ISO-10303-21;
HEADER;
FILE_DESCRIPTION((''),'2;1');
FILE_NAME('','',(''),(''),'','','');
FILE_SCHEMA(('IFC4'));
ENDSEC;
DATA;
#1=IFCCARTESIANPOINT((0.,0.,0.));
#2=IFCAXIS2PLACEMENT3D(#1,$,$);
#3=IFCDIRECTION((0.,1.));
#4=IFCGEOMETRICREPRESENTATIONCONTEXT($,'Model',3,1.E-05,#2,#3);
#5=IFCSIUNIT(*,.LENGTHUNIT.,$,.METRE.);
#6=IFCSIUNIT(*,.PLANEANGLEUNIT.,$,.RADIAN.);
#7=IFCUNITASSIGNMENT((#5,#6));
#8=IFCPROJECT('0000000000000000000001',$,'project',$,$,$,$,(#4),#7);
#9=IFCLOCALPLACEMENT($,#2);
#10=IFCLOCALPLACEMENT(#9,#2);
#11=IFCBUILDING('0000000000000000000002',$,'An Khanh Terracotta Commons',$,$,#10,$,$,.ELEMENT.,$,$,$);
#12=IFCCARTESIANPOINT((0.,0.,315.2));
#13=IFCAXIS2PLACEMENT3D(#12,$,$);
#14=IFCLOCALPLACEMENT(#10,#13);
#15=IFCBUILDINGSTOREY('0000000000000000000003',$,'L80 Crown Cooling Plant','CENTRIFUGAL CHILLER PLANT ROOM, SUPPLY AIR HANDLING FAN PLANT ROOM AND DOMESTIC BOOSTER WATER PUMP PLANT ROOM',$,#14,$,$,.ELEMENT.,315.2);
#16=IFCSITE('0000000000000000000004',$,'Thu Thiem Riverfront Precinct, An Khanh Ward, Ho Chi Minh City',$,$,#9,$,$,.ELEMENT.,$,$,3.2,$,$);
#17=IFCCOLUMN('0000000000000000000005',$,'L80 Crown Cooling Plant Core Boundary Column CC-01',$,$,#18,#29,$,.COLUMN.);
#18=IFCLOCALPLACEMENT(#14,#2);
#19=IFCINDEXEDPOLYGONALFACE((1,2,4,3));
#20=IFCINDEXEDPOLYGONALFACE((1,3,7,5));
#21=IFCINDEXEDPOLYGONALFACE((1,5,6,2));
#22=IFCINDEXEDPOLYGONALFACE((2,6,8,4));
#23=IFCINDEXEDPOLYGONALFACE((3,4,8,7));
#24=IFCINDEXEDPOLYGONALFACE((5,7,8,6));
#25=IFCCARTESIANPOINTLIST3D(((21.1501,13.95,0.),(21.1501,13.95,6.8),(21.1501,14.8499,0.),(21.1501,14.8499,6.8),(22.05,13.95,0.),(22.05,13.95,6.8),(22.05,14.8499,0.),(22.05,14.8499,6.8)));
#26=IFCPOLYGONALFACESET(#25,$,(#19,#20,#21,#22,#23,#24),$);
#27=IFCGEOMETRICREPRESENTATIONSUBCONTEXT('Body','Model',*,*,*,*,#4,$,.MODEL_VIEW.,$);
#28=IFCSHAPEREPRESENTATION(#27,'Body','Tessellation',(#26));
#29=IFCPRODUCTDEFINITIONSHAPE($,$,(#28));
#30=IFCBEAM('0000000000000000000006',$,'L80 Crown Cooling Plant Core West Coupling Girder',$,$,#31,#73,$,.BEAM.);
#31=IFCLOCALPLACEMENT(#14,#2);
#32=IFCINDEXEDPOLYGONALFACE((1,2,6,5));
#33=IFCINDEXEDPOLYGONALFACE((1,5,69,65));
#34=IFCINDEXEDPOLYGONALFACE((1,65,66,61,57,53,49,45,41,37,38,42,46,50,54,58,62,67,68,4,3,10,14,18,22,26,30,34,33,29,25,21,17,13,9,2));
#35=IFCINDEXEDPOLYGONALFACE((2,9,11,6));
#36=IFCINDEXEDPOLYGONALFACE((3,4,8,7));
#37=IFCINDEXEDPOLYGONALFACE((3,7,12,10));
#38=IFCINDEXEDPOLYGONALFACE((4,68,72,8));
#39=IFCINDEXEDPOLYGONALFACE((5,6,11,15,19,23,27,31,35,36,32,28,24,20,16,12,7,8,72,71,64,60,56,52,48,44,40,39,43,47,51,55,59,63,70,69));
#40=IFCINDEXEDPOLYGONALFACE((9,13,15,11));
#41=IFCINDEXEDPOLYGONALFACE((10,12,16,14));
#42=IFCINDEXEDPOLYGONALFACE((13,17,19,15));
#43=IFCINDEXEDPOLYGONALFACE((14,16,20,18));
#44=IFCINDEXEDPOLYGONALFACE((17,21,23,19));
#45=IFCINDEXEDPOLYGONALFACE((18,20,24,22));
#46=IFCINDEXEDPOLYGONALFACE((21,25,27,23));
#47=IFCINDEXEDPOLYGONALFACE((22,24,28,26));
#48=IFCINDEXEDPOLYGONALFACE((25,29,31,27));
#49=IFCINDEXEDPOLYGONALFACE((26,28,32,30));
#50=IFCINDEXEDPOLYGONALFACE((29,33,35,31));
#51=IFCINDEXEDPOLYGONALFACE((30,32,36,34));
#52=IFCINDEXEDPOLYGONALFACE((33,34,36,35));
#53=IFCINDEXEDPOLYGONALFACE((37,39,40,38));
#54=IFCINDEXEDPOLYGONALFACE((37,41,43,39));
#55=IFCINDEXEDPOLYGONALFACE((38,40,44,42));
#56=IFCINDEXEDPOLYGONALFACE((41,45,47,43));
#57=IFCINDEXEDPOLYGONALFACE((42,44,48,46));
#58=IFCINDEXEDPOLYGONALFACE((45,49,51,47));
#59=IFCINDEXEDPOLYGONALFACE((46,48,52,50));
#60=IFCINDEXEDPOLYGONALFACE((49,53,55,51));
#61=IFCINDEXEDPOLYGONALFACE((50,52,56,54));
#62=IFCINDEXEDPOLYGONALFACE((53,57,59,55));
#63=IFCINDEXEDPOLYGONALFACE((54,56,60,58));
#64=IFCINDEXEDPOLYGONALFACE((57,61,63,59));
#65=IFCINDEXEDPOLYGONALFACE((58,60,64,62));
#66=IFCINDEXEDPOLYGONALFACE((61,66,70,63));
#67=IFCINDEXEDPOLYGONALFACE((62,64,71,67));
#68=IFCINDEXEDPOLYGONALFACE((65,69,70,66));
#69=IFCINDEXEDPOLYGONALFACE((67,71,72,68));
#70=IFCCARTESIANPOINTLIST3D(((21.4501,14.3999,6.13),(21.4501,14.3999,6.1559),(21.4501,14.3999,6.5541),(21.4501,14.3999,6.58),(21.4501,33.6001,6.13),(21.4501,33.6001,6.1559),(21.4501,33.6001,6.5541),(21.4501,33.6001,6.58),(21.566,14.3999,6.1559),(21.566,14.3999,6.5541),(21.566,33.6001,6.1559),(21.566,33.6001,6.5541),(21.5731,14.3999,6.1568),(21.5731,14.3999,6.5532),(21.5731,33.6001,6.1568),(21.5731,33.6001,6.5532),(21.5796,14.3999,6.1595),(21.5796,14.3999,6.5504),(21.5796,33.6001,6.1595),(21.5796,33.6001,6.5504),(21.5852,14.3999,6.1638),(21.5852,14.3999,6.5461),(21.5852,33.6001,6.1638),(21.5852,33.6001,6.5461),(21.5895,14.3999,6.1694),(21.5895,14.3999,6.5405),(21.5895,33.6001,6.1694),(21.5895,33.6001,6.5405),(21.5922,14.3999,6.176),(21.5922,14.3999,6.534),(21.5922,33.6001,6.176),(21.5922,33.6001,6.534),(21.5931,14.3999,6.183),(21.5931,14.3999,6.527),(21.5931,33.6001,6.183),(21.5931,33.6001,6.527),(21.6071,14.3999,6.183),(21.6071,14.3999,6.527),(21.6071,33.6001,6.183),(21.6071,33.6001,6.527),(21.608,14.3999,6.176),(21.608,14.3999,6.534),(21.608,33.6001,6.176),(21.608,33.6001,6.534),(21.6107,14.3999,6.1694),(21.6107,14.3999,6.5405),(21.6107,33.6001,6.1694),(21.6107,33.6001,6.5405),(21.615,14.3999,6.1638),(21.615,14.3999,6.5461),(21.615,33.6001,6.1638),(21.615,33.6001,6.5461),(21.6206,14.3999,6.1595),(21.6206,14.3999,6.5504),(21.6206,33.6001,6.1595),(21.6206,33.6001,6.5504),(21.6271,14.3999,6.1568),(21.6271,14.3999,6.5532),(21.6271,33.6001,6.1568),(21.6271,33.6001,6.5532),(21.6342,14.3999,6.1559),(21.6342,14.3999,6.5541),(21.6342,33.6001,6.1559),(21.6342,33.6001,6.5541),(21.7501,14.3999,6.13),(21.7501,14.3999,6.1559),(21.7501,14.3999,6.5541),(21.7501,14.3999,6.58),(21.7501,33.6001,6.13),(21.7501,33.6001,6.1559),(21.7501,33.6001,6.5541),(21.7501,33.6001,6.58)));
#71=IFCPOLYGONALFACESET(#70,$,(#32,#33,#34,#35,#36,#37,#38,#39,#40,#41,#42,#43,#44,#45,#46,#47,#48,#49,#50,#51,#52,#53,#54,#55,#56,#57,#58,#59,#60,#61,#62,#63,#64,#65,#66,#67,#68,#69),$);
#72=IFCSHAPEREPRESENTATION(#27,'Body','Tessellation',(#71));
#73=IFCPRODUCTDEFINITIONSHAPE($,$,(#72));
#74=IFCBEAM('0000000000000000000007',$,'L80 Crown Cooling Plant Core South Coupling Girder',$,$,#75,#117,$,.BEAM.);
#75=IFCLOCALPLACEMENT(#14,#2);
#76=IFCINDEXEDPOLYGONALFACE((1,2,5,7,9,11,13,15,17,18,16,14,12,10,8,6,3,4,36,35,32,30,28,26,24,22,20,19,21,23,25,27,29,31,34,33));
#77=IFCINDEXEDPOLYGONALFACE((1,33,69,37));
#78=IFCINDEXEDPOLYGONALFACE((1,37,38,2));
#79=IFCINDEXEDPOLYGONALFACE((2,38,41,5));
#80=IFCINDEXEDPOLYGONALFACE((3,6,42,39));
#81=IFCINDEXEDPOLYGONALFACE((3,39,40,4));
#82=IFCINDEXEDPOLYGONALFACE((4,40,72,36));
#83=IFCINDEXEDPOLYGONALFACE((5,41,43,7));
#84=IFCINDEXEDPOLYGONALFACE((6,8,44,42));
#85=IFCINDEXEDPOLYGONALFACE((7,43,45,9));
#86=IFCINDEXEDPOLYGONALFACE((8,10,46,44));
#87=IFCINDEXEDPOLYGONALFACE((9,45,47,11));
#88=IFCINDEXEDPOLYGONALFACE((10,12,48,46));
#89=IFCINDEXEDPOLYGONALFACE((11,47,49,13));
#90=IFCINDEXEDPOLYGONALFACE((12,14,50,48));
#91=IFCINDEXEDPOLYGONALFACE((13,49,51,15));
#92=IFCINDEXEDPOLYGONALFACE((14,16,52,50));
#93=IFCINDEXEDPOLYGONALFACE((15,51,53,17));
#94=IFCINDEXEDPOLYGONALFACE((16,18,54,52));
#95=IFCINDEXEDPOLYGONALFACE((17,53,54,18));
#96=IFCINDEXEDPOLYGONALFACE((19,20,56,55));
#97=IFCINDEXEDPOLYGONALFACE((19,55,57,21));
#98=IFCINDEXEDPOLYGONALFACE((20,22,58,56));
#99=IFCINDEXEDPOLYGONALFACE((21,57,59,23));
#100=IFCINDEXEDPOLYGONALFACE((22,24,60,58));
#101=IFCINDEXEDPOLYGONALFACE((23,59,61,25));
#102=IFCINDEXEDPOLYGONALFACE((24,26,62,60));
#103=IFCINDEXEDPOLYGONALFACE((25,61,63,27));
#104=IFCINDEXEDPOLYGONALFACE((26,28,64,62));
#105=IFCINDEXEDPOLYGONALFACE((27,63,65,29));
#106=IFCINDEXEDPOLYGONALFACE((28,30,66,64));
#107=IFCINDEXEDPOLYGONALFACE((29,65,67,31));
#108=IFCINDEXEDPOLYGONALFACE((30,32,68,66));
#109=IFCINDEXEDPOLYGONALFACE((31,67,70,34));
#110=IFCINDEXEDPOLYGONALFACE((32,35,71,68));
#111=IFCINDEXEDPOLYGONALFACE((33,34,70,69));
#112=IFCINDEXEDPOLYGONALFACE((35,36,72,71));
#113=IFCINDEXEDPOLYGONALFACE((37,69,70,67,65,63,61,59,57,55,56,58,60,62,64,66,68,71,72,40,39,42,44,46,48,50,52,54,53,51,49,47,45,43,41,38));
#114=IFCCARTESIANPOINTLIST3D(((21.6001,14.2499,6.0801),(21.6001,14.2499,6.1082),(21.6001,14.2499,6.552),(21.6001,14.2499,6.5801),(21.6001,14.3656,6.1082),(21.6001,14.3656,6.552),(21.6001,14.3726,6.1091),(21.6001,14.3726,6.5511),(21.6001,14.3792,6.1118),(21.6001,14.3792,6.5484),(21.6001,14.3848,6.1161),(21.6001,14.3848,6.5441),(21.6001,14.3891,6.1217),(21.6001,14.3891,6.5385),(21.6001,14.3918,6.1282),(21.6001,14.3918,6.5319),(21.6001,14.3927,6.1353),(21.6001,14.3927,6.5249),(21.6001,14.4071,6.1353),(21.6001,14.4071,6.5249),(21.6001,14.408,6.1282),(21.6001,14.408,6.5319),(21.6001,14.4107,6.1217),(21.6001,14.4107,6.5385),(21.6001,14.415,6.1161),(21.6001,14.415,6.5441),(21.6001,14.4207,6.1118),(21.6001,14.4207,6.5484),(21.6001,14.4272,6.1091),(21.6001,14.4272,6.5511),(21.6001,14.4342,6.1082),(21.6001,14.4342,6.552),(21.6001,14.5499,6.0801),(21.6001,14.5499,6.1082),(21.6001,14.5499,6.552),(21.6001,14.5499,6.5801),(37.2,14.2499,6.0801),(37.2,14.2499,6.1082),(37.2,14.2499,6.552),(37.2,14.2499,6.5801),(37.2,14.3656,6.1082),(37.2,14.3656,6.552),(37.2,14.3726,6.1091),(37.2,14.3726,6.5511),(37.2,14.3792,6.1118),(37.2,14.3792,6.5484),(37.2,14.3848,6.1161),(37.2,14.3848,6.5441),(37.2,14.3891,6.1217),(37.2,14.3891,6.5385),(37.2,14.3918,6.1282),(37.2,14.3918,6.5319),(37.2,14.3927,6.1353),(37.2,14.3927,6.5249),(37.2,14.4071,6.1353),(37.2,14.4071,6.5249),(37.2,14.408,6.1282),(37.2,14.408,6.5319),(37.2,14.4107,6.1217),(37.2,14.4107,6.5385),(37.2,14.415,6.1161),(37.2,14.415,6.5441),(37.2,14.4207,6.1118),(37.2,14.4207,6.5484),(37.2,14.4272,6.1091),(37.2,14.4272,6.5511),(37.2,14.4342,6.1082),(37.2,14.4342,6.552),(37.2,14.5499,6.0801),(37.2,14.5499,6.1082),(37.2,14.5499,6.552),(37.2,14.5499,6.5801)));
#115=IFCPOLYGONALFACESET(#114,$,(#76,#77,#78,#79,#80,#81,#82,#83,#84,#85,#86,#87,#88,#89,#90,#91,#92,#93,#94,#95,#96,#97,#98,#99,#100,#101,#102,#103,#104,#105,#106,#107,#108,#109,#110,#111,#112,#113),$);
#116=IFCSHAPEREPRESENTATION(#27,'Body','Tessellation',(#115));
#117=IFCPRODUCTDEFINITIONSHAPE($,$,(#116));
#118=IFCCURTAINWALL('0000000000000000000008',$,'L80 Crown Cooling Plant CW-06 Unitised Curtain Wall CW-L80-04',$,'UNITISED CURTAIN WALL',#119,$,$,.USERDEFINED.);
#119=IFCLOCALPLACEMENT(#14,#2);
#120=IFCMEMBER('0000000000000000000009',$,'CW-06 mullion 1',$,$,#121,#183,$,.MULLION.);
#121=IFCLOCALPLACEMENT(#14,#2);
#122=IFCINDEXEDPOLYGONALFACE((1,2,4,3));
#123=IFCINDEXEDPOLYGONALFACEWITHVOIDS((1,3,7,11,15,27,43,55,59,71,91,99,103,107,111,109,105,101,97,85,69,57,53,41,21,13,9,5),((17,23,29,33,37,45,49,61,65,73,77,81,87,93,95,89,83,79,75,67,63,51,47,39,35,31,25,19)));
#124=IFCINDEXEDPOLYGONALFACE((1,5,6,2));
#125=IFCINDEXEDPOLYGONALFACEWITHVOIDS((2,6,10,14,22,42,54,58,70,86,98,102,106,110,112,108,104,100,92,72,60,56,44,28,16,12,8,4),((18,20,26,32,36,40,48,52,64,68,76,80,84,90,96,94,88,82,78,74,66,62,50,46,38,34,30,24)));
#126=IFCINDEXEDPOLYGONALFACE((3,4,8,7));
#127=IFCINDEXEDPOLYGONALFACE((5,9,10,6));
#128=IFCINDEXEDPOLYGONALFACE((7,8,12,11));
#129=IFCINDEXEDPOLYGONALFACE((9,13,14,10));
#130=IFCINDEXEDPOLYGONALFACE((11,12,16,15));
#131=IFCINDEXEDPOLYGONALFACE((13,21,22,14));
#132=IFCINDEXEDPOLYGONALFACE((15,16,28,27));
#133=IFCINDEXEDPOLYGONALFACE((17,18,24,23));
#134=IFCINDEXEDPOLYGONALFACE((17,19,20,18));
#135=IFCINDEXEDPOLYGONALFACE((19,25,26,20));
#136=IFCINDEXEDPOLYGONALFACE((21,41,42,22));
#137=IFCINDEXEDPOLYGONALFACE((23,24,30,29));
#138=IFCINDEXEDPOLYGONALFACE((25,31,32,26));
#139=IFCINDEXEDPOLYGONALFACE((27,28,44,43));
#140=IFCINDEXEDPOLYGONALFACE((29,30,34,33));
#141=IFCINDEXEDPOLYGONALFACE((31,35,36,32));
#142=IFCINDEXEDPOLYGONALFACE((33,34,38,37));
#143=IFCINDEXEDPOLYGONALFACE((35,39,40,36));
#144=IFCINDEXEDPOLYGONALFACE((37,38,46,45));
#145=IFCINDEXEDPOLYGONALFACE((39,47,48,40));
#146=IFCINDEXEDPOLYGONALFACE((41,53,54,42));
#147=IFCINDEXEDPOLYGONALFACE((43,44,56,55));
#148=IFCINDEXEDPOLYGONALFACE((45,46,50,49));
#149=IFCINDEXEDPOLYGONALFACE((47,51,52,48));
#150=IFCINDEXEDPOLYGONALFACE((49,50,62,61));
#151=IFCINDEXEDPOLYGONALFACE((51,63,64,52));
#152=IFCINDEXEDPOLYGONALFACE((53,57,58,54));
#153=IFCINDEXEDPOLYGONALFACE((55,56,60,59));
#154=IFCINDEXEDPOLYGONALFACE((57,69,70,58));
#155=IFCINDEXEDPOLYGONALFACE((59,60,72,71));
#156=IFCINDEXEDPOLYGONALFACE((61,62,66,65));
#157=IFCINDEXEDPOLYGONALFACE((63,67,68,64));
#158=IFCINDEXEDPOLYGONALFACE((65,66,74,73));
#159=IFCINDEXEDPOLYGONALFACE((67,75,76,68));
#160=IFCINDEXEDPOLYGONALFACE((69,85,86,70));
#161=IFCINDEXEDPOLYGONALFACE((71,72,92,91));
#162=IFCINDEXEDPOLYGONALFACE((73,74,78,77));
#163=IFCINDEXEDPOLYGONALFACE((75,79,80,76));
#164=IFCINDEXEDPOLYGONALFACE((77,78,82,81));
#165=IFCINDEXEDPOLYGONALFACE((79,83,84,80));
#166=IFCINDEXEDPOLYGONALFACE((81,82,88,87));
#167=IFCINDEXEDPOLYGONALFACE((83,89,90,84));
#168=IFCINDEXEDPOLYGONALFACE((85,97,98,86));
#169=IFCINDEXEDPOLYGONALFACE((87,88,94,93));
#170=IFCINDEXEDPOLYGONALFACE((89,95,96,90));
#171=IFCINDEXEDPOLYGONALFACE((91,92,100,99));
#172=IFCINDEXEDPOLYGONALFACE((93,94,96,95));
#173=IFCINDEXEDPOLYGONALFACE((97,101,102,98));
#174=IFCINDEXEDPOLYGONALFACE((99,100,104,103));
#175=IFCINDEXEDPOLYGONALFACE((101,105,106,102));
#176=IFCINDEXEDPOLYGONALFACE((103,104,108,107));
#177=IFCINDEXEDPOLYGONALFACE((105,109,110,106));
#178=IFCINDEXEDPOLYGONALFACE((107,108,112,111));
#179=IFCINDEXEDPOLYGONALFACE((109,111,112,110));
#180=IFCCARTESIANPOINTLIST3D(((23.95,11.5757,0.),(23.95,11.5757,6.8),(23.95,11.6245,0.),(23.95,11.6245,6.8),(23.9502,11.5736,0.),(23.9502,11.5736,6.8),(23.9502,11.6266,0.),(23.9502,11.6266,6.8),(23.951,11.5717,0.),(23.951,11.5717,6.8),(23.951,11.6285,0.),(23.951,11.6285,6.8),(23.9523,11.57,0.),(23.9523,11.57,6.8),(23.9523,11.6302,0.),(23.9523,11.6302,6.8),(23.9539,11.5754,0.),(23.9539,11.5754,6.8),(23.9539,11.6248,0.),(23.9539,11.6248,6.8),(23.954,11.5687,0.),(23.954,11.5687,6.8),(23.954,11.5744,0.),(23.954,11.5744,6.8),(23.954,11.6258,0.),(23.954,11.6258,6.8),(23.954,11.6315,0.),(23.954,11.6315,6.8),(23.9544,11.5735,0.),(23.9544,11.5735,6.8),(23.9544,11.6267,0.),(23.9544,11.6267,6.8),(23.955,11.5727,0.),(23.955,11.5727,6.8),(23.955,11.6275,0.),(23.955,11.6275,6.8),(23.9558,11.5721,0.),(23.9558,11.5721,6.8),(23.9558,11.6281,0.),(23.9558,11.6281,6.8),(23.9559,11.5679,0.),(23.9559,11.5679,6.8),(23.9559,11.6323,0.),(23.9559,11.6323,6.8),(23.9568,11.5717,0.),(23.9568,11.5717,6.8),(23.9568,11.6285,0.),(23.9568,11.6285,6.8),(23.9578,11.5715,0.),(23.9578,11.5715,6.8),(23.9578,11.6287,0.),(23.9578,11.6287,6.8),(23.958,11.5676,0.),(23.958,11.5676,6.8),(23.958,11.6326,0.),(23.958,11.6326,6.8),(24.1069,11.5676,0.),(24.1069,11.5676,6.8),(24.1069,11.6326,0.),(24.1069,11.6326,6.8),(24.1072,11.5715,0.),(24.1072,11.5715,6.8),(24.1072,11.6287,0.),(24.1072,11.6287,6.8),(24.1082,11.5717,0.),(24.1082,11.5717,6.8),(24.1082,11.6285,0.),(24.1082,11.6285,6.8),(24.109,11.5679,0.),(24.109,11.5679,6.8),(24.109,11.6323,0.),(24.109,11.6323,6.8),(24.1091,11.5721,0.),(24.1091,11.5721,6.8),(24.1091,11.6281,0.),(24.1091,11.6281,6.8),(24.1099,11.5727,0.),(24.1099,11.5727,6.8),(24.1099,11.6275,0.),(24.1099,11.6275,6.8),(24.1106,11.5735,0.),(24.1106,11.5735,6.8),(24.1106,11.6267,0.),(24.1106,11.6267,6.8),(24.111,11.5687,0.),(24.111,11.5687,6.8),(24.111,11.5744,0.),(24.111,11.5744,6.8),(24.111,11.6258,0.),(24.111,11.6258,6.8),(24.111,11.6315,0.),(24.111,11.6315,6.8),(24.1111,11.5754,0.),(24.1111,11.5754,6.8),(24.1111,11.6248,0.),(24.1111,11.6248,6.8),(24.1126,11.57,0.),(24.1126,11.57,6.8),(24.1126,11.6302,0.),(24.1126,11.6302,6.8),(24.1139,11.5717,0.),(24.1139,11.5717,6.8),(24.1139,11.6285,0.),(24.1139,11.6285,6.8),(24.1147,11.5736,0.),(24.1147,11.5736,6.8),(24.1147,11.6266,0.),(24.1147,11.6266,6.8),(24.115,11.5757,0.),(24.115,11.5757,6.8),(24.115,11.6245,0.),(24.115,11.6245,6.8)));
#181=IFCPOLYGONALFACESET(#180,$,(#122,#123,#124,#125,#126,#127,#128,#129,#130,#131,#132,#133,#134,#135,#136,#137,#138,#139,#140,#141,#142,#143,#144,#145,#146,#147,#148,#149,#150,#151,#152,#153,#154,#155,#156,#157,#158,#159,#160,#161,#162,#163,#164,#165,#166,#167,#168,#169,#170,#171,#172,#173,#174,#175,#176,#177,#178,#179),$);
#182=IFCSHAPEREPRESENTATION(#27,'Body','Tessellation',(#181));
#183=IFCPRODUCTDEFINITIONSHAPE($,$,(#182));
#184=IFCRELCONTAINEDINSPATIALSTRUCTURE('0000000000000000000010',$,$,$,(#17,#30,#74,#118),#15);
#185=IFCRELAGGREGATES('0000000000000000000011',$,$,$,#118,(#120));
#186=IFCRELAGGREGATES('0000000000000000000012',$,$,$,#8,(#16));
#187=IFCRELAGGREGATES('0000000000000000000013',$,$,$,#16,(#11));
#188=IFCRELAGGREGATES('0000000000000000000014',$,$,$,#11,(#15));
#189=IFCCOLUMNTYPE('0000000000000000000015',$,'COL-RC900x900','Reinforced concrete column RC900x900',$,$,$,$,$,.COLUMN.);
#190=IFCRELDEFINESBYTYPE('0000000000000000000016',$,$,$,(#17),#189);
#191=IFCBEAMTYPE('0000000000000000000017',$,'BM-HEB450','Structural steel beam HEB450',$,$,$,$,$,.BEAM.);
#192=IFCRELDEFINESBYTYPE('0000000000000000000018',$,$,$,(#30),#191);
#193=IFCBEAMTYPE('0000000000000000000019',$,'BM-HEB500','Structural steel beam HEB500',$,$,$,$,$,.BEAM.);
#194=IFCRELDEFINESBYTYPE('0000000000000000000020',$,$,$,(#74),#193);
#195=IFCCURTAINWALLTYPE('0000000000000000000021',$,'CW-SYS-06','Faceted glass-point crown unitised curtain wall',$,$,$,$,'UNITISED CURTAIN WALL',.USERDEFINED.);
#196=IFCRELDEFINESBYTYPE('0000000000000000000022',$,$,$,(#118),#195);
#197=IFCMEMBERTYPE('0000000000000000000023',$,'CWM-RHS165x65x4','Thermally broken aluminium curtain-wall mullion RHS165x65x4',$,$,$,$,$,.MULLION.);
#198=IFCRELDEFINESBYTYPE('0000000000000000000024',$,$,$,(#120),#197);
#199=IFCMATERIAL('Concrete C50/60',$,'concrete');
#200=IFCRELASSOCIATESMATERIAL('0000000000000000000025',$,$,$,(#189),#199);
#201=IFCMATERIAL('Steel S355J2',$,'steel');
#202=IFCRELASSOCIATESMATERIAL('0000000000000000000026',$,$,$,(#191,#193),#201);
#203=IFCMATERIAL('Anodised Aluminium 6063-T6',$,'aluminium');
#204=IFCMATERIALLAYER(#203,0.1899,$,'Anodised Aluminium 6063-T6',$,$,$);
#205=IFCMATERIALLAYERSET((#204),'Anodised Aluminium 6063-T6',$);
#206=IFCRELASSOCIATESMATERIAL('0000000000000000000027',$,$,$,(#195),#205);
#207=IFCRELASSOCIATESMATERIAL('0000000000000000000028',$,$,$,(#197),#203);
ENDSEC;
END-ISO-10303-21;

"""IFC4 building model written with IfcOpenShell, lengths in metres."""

from ifc_helpers import new_model, si_unit, direction, frame, origin, origin_2d, place, context, subcontext, project, spatial, rectangle, hollow_rectangle, i_section, extrude, material, layer, layer_set, material_profile, profile_set, type_object, element, aggregate, save


model = new_model("IFC4")

# Units and contexts
model_context = context("Model", 3, precision=1e-05, world=origin(), true_north=direction((0.0, 1.0)))
body_context = subcontext(model_context, "Body", "Model", "MODEL_VIEW")
ifc_project = project(units=[si_unit("LENGTHUNIT", "METRE"), si_unit("PLANEANGLEUNIT", "RADIAN")], contexts=[model_context])

# Site, building, storey
site_placement = place(None, origin())
site = spatial("IfcSite", under=ifc_project, at=site_placement, Name="Thu Thiem Riverfront Precinct, An Khanh Ward, Ho Chi Minh City", CompositionType="ELEMENT", RefElevation=3.2)
building_placement = place(site_placement, origin())
building = spatial("IfcBuilding", under=site, at=building_placement, Name="An Khanh Terracotta Commons", CompositionType="ELEMENT")
storey_placement = place(building_placement, frame((0.0, 0.0, 315.2)))
storey = spatial("IfcBuildingStorey", under=building, at=storey_placement, Name="L80 Crown Cooling Plant", Description="CENTRIFUGAL CHILLER PLANT ROOM, SUPPLY AIR HANDLING FAN PLANT ROOM AND DOMESTIC BOOSTER WATER PUMP PLANT ROOM", CompositionType="ELEMENT", Elevation=315.2)

# Column
ifc_material_1 = material(Name="Concrete C50/60", Category="concrete")
ifc_material_profile_1 = material_profile(ifc_material_1, rectangle(XDim=0.8999, YDim=0.8999, at=origin_2d()), Name="RC900x900")
ifc_profile_set_1 = profile_set([ifc_material_profile_1], Name="Concrete C50/60")
column_type = type_object("IfcColumnType", Name="COL-RC900x900", Description="Reinforced concrete column RC900x900", PredefinedType="COLUMN", material=ifc_profile_set_1)
column_placement = place(storey_placement, frame((21.6001, 14.3999, 0.0), z_axis=(0.0, 0.0, 1.0), x_axis=(1.0, 0.0, 0.0)))
element("IfcColumn", 1, at=column_placement, inside=storey, type_object=column_type, Name="L80 Crown Cooling Plant Core Boundary Column CC-01", PredefinedType="COLUMN", context=body_context, shape_type="SweptSolid", body=[
    extrude(rectangle(XDim=0.8999, YDim=0.8999, at=origin_2d()), origin(), (0.0, 0.0, 1.0), 6.8),
])

# Beams
ifc_material_2 = material(Name="Steel S355J2", Category="steel")
ifc_material_profile_2 = material_profile(ifc_material_2, i_section(OverallWidth=0.3, OverallDepth=0.45, WebThickness=0.0139, FlangeThickness=0.0259, FilletRadius=0.0271, at=origin_2d()), Name="HEB450")
ifc_profile_set_2 = profile_set([ifc_material_profile_2], Name="Steel S355J2")
beam_type_1 = type_object("IfcBeamType", Name="BM-HEB450", Description="Structural steel beam HEB450", PredefinedType="BEAM", material=ifc_profile_set_2)
beam_1_placement = place(storey_placement, frame((21.6001, 14.3999, 6.355), z_axis=(0.0, 1.0, 0.0), x_axis=(-1.0, 0.0, 0.0)))
element("IfcBeam", 2, at=beam_1_placement, inside=storey, type_object=beam_type_1, Name="L80 Crown Cooling Plant Core West Coupling Girder", PredefinedType="BEAM", context=body_context, shape_type="SweptSolid", body=[
    extrude(i_section(OverallWidth=0.3, OverallDepth=0.45, WebThickness=0.0139, FlangeThickness=0.0259, FilletRadius=0.0271, at=origin_2d()), origin(), (0.0, 0.0, 1.0), 19.2002),
])
ifc_material_profile_3 = material_profile(ifc_material_2, i_section(OverallWidth=0.3, OverallDepth=0.5, WebThickness=0.0144, FlangeThickness=0.0281, FilletRadius=0.0271, at=origin_2d()), Name="HEB500")
ifc_profile_set_3 = profile_set([ifc_material_profile_3], Name="Steel S355J2")
beam_type_2 = type_object("IfcBeamType", Name="BM-HEB500", Description="Structural steel beam HEB500", PredefinedType="BEAM", material=ifc_profile_set_3)
beam_2_placement = place(storey_placement, frame((21.6001, 14.3999, 6.3301), z_axis=(1.0, 0.0, 0.0), x_axis=(0.0, 1.0, 0.0)))
element("IfcBeam", 3, at=beam_2_placement, inside=storey, type_object=beam_type_2, Name="L80 Crown Cooling Plant Core South Coupling Girder", PredefinedType="BEAM", context=body_context, shape_type="SweptSolid", body=[
    extrude(i_section(OverallWidth=0.3, OverallDepth=0.5, WebThickness=0.0144, FlangeThickness=0.0281, FilletRadius=0.0271, at=origin_2d()), origin(), (0.0, 0.0, 1.0), 15.5999),
])

# Curtain wall, member
ifc_material_3 = material(Name="Anodised Aluminium 6063-T6", Category="aluminium")
ifc_layer_1 = layer(ifc_material_3, 0.1899, Name="Anodised Aluminium 6063-T6")
ifc_layer_set_1 = layer_set([ifc_layer_1], Name="Anodised Aluminium 6063-T6")
curtain_wall_type = type_object("IfcCurtainWallType", Name="CW-SYS-06", Description="Faceted glass-point crown unitised curtain wall", ElementType="UNITISED CURTAIN WALL", PredefinedType="USERDEFINED", material=ifc_layer_set_1)
curtain_wall_placement = place(storey_placement, origin())
curtain_wall = element("IfcCurtainWall", 4, at=curtain_wall_placement, inside=storey, type_object=curtain_wall_type, Name="L80 Crown Cooling Plant CW-06 Unitised Curtain Wall CW-L80-04", ObjectType="UNITISED CURTAIN WALL", PredefinedType="USERDEFINED")
ifc_material_profile_4 = material_profile(ifc_material_3, hollow_rectangle(XDim=0.0649, YDim=0.165, WallThickness=0.0039, InnerFilletRadius=0.0039, OuterFilletRadius=0.0081, at=origin_2d()), Name="RHS165x65x4")
ifc_profile_set_4 = profile_set([ifc_material_profile_4], Name="Anodised Aluminium 6063-T6")
member_type_1 = type_object("IfcMemberType", Name="CWM-RHS165x65x4", Description="Thermally broken aluminium curtain-wall mullion RHS165x65x4", PredefinedType="MULLION", material=ifc_profile_set_4)
member_1_placement = place(storey_placement, frame((24.0325, 11.6001, 0.0), z_axis=(0.0, 0.0, 1.0), x_axis=(0.0, 1.0, 0.0)))
member_1 = element("IfcMember", 5, at=member_1_placement, type_object=member_type_1, Name="CW-06 mullion 1", PredefinedType="MULLION", context=body_context, shape_type="SweptSolid", body=[
    extrude(hollow_rectangle(XDim=0.0649, YDim=0.165, WallThickness=0.0039, InnerFilletRadius=0.0039, OuterFilletRadius=0.0081, at=origin_2d()), origin(), (0.0, 0.0, 1.0), 6.8),
])
aggregate(curtain_wall, [member_1])

save(model, "model.ifc")
